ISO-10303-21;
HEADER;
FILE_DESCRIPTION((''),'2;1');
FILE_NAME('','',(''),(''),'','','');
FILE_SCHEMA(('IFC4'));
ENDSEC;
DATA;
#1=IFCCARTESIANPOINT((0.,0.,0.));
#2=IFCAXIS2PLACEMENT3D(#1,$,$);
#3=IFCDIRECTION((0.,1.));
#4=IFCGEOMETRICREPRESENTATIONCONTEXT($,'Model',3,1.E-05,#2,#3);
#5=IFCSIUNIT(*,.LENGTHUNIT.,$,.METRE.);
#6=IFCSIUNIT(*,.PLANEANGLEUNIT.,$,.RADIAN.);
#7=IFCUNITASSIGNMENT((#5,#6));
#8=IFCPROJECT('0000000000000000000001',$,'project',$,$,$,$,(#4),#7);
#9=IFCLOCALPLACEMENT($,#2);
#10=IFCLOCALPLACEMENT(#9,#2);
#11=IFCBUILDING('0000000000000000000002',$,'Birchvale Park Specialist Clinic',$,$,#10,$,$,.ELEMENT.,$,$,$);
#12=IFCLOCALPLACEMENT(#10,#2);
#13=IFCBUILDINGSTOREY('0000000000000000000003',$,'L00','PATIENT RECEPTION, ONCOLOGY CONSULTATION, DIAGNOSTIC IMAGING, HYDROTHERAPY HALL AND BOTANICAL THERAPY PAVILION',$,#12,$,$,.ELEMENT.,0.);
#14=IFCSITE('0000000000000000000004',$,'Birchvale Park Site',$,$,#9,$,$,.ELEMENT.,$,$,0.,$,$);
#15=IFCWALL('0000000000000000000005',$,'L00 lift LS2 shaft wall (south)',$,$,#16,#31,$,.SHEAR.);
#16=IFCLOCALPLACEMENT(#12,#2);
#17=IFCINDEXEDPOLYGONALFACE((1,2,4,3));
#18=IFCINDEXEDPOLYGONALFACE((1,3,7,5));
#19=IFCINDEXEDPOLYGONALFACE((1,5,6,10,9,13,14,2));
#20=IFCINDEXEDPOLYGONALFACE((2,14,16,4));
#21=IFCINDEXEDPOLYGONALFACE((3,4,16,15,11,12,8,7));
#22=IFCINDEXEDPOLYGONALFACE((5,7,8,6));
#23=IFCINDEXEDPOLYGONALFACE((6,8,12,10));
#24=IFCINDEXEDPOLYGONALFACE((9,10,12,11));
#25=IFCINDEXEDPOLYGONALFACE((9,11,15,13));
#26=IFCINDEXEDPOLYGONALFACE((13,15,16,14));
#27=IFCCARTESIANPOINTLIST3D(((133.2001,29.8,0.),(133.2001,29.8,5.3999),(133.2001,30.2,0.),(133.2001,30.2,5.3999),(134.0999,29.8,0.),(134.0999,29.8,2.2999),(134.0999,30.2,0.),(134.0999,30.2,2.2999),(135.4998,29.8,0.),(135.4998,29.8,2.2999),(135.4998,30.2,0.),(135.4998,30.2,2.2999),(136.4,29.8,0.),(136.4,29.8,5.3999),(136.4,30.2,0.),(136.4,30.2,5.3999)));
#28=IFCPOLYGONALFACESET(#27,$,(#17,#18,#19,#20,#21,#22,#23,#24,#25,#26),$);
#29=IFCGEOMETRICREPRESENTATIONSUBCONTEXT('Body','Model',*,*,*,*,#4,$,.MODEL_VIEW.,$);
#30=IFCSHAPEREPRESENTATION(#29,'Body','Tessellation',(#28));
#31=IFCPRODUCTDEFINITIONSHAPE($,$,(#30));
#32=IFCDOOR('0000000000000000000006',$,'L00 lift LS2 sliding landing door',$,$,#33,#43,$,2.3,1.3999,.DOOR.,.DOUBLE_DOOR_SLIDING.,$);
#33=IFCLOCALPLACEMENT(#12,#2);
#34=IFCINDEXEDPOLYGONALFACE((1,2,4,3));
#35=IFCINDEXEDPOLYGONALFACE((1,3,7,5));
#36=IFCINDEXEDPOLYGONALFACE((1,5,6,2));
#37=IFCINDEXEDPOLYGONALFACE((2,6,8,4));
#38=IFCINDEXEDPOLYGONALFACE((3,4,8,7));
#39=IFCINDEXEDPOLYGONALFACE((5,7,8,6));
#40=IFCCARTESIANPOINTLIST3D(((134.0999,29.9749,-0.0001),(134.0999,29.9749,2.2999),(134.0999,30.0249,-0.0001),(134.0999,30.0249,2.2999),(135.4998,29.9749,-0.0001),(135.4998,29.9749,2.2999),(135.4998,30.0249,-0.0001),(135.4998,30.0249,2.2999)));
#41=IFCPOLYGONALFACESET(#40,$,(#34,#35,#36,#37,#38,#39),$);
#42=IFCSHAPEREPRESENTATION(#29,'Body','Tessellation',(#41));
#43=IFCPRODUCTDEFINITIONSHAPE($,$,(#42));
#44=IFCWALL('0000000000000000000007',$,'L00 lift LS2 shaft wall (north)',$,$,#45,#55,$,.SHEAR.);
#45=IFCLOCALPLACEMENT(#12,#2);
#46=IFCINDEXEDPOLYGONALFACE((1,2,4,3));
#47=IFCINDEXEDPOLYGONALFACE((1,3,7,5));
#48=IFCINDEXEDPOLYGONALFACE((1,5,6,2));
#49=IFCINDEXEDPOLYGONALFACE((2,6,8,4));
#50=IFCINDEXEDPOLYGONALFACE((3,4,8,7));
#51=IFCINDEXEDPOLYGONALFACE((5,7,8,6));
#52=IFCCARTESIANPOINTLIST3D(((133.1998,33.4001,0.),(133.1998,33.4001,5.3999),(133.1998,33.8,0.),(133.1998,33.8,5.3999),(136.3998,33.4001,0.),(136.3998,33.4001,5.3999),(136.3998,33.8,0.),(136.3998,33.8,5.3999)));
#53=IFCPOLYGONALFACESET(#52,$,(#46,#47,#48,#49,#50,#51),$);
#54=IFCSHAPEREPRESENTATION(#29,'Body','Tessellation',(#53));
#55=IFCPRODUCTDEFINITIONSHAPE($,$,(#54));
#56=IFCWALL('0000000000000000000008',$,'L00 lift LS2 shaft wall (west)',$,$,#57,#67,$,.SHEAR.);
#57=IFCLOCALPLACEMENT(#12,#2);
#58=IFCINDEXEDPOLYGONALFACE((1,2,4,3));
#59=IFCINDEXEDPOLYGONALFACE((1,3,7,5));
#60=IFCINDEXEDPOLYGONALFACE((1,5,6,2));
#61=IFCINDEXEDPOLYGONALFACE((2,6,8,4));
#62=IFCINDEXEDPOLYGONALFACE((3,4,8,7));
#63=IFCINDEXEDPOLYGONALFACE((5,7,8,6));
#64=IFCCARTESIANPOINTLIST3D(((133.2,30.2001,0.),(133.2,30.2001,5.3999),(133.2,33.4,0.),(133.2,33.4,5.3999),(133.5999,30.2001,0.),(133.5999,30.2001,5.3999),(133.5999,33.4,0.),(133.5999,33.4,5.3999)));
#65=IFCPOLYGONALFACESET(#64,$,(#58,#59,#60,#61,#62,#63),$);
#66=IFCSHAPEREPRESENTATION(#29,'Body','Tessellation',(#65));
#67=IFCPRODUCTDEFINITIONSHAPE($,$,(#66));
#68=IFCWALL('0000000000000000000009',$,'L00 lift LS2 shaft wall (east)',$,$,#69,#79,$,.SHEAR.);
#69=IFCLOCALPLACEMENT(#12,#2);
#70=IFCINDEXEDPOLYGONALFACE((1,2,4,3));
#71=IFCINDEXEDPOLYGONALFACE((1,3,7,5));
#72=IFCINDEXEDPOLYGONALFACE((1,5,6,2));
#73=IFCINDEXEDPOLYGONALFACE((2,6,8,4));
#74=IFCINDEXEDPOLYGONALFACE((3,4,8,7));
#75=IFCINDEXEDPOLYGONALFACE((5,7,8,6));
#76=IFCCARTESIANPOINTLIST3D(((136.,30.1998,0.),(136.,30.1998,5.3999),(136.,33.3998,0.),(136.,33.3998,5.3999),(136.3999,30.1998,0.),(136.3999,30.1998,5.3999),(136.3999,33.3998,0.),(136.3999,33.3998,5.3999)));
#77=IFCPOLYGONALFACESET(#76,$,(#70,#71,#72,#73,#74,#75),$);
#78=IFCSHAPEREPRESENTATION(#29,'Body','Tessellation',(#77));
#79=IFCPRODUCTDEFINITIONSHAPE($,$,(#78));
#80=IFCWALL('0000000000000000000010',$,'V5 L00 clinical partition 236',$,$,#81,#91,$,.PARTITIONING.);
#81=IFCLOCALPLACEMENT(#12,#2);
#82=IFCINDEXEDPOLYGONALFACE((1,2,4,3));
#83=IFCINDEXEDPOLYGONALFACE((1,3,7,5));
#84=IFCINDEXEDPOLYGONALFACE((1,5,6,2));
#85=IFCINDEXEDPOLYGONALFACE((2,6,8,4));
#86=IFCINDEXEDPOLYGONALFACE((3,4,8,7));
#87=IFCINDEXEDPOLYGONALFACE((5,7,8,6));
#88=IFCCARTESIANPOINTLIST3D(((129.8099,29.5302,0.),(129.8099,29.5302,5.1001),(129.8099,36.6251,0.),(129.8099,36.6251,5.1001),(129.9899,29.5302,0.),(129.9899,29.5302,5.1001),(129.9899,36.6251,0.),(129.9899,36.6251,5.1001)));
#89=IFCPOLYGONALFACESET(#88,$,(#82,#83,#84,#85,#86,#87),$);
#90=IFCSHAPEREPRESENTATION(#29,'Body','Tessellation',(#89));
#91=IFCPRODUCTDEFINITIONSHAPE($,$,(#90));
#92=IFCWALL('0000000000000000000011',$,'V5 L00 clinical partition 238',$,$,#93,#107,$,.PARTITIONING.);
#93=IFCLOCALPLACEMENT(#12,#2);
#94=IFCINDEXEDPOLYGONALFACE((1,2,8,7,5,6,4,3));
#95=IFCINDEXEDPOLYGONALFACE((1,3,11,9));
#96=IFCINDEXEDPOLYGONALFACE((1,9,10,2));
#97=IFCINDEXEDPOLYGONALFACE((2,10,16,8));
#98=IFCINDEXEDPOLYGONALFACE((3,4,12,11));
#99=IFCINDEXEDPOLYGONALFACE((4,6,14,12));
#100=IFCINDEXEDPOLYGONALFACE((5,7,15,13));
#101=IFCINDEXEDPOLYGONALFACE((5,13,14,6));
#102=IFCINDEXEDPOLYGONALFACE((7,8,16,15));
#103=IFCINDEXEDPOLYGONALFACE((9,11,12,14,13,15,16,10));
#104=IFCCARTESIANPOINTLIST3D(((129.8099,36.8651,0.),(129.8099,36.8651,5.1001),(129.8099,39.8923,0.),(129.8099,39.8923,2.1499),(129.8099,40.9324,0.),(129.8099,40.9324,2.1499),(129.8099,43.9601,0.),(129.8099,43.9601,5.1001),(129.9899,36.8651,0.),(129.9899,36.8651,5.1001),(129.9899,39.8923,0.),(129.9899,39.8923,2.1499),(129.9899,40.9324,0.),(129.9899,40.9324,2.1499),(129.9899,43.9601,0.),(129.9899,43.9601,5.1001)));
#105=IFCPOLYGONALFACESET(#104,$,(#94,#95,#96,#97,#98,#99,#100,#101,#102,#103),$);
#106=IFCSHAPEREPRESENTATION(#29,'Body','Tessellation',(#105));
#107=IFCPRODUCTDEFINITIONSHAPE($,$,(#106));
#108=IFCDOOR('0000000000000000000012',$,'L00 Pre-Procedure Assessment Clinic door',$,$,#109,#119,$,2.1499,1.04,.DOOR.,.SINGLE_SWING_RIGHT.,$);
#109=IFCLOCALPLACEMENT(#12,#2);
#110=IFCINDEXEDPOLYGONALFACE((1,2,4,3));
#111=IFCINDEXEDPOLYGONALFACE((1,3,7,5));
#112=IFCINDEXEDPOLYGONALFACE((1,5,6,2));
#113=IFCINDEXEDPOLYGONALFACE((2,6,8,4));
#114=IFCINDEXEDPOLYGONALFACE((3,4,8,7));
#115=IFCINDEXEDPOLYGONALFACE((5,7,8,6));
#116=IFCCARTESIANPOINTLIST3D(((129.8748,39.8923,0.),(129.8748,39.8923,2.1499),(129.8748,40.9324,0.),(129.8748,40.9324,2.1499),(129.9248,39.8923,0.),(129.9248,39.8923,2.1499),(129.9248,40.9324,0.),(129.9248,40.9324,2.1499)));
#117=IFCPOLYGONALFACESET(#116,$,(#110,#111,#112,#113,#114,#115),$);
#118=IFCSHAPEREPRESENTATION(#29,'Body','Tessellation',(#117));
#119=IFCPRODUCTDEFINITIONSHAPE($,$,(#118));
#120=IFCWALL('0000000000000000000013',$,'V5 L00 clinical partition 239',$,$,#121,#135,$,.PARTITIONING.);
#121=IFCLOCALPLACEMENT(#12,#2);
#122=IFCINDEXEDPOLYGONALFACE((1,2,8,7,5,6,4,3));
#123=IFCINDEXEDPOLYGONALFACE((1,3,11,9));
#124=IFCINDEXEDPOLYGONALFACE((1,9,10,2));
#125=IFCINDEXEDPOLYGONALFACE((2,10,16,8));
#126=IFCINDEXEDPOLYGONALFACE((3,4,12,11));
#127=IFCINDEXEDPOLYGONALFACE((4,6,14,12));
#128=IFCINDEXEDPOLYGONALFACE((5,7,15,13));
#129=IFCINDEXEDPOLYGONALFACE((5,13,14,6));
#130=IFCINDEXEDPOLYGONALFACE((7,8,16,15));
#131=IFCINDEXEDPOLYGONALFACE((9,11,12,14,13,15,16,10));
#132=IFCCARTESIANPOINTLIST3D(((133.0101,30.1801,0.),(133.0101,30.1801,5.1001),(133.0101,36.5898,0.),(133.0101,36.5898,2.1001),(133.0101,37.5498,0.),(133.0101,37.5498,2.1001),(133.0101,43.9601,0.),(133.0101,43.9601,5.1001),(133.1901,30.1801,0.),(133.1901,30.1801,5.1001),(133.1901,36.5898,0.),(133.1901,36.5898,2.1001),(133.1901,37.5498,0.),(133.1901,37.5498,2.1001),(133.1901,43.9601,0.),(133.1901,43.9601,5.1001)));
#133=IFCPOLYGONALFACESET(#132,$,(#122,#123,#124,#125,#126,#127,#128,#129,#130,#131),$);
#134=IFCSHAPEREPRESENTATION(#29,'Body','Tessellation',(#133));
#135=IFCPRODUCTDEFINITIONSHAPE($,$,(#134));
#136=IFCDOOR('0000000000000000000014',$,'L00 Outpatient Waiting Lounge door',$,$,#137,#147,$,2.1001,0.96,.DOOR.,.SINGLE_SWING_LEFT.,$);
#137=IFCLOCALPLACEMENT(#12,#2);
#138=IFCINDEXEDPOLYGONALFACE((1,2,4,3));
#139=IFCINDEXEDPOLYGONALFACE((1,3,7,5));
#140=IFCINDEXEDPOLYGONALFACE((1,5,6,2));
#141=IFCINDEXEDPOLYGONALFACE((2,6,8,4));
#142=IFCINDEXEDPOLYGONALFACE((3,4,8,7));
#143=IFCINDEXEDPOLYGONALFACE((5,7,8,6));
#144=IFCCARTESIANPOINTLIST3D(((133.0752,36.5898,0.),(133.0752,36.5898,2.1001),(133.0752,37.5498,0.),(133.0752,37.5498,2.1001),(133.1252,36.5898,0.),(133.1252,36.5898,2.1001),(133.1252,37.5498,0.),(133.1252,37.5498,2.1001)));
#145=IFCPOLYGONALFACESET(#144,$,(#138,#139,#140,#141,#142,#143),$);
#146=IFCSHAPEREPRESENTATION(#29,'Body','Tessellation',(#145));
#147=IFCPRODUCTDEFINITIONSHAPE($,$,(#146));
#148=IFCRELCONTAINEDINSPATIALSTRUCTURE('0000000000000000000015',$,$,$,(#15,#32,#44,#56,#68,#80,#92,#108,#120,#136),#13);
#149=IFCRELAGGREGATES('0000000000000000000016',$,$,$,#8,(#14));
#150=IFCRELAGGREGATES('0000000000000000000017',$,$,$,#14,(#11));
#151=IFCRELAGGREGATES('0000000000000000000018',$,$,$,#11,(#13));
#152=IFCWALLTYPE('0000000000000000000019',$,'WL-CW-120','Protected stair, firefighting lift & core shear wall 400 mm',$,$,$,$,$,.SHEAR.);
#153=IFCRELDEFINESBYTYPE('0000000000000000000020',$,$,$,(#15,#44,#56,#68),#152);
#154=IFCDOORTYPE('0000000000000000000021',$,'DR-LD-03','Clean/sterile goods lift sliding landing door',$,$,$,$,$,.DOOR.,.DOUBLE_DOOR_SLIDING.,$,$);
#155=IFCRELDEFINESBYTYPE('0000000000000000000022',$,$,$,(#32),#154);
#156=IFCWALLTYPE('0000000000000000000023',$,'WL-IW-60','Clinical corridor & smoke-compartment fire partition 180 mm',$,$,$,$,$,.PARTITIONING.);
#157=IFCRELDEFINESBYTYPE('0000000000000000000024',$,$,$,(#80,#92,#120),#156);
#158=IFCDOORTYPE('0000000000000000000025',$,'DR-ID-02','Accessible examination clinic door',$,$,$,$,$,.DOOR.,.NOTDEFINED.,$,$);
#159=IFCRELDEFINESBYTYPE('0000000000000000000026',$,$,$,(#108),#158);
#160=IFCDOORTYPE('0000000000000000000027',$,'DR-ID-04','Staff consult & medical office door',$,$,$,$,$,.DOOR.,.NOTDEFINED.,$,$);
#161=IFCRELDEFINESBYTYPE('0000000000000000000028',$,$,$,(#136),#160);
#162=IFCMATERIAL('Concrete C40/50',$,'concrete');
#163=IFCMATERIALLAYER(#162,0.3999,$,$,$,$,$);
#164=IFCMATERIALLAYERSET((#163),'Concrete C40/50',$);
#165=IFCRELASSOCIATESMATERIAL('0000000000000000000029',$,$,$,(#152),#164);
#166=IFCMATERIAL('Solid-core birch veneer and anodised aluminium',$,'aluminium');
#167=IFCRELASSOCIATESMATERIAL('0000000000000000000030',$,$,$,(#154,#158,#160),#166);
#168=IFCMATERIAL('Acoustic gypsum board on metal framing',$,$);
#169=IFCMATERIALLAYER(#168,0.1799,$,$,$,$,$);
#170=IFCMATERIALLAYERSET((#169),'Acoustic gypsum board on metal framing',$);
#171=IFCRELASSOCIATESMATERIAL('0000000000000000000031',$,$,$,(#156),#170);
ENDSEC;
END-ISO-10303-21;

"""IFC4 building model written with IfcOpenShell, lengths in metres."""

from ifc_helpers import new_model, si_unit, direction, frame, frame_2d, origin, place, context, subcontext, project, spatial, rectangle, extrude, material, layer, layer_set, type_object, element, fill, save


model = new_model("IFC4")

# Units and contexts
model_context = context("Model", 3, precision=1e-05, world=origin(), true_north=direction((0.0, 1.0)))
body_context = subcontext(model_context, "Body", "Model", "MODEL_VIEW")
ifc_project = project(units=[si_unit("LENGTHUNIT", "METRE"), si_unit("PLANEANGLEUNIT", "RADIAN")], contexts=[model_context])

# Site, building, storey
site_placement = place(None, origin())
site = spatial("IfcSite", under=ifc_project, at=site_placement, Name="Birchvale Park Site", CompositionType="ELEMENT", RefElevation=0.0)
building_placement = place(site_placement, origin())
building = spatial("IfcBuilding", under=site, at=building_placement, Name="Birchvale Park Specialist Clinic", CompositionType="ELEMENT")
storey_placement = place(building_placement, origin())
storey = spatial("IfcBuildingStorey", under=building, at=storey_placement, Name="L00", Description="PATIENT RECEPTION, ONCOLOGY CONSULTATION, DIAGNOSTIC IMAGING, HYDROTHERAPY HALL AND BOTANICAL THERAPY PAVILION", CompositionType="ELEMENT", Elevation=0.0)

# Shared definitions
ifc_material_1 = material(Name="Concrete C40/50", Category="concrete")

# Wall, opening, door
ifc_layer_1 = layer(ifc_material_1, 0.3999)
ifc_layer_set_1 = layer_set([ifc_layer_1], Name="Concrete C40/50")
wall_type_1 = type_object("IfcWallType", Name="WL-CW-120", Description="Protected stair, firefighting lift & core shear wall 400 mm", PredefinedType="SHEAR", material=ifc_layer_set_1)
wall_1_placement = place(storey_placement, frame((133.2, 30.0, 0.0), z_axis=(0.0, 0.0, 1.0), x_axis=(1.0, 0.0, 0.0)))
wall_1 = element("IfcWall", 1, at=wall_1_placement, inside=storey, type_object=wall_type_1, Name="L00 lift LS2 shaft wall (south)", PredefinedType="SHEAR", context=body_context, shape_type="SweptSolid", body=[
    extrude(rectangle(XDim=3.2, YDim=0.3999, at=frame_2d((1.6001, 0.0))), origin(), (0.0, 0.0, 1.0), 5.3999),
])
opening_1_placement = place(wall_1_placement, frame((0.8999, 0.0, 0.0)))
opening_1 = element("IfcOpeningElement", 2, at=opening_1_placement, cuts=wall_1, PredefinedType="OPENING", context=body_context, shape_type="SweptSolid", body=[
    extrude(rectangle(XDim=1.3999, YDim=2.3, at=frame_2d((0.7, 1.1499))), frame((0.0, 0.21, 0.0), z_axis=(0.0, -1.0, 0.0), x_axis=(1.0, 0.0, 0.0)), (0.0, 0.0, 1.0), 0.4199),
])
ifc_material_2 = material(Name="Solid-core birch veneer and anodised aluminium", Category="aluminium")
door_type_1 = type_object("IfcDoorType", Name="DR-LD-03", Description="Clean/sterile goods lift sliding landing door", OperationType="DOUBLE_DOOR_SLIDING", PredefinedType="DOOR", material=ifc_material_2)
door_1_placement = place(opening_1_placement, origin())
door_1 = element("IfcDoor", 3, at=door_1_placement, inside=storey, type_object=door_type_1, Name="L00 lift LS2 sliding landing door", OperationType="DOUBLE_DOOR_SLIDING", OverallHeight=2.3, OverallWidth=1.3999, PredefinedType="DOOR", context=body_context, shape_type="SweptSolid", body=[
    extrude(rectangle(XDim=1.3999, YDim=2.3, at=frame_2d((0.7, 1.1499))), frame((0.0, 0.0249, 0.0), z_axis=(0.0, -1.0, 0.0), x_axis=(1.0, 0.0, 0.0)), (0.0, 0.0, 1.0), 0.05),
])
fill(opening_1, door_1)

# Walls
for number, where, z_axis, x_axis, name in (
    (4, (136.3999, 33.6001, 0.0), (0.0, 0.0, 1.0), (-1.0, 0.0, 0.0), "L00 lift LS2 shaft wall (north)"),
    (5, (133.3999, 30.2, 0.0), (0.0, 0.0, 1.0), (0.0, 1.0, 0.0), "L00 lift LS2 shaft wall (west)"),
    (6, (136.2, 33.3999, 0.0), (0.0, 0.0, 1.0), (0.0, -1.0, 0.0), "L00 lift LS2 shaft wall (east)"),
):
    element("IfcWall", number, at=place(storey_placement, frame(where, z_axis=z_axis, x_axis=x_axis)), inside=storey, type_object=wall_type_1, Name=name, PredefinedType="SHEAR", context=body_context, shape_type="SweptSolid", body=[
        extrude(rectangle(XDim=3.2, YDim=0.3999, at=frame_2d((1.6001, 0.0))), origin(), (0.0, 0.0, 1.0), 5.3999),
    ])
ifc_material_3 = material(Name="Acoustic gypsum board on metal framing")
ifc_layer_2 = layer(ifc_material_3, 0.1799)
ifc_layer_set_2 = layer_set([ifc_layer_2], Name="Acoustic gypsum board on metal framing")
wall_type_2 = type_object("IfcWallType", Name="WL-IW-60", Description="Clinical corridor & smoke-compartment fire partition 180 mm", PredefinedType="PARTITIONING", material=ifc_layer_set_2)
wall_2_placement = place(storey_placement, frame((129.8999, 36.625, 0.0), z_axis=(0.0, 0.0, 1.0), x_axis=(0.0, -1.0, 0.0)))
element("IfcWall", 7, at=wall_2_placement, inside=storey, type_object=wall_type_2, Name="V5 L00 clinical partition 236", PredefinedType="PARTITIONING", context=body_context, shape_type="SweptSolid", body=[
    extrude(rectangle(XDim=7.095, YDim=0.1799, at=frame_2d((3.5474, 0.0))), origin(), (0.0, 0.0, 1.0), 5.1001),
])

# Walls, openings, doors
wall_3_placement = place(storey_placement, frame((129.8999, 43.96, 0.0), z_axis=(0.0, 0.0, 1.0), x_axis=(0.0, -1.0, 0.0)))
wall_3 = element("IfcWall", 8, at=wall_3_placement, inside=storey, type_object=wall_type_2, Name="V5 L00 clinical partition 238", PredefinedType="PARTITIONING", context=body_context, shape_type="SweptSolid", body=[
    extrude(rectangle(XDim=7.095, YDim=0.1799, at=frame_2d((3.5474, 0.0))), origin(), (0.0, 0.0, 1.0), 5.1001),
])
opening_2_placement = place(wall_3_placement, frame((3.0276, 0.0, 0.0)))
opening_2 = element("IfcOpeningElement", 9, at=opening_2_placement, cuts=wall_3, PredefinedType="OPENING", context=body_context, shape_type="SweptSolid", body=[
    extrude(rectangle(XDim=1.04, YDim=2.1499, at=frame_2d((0.52, 1.075))), frame((0.0, 0.1001, 0.0), z_axis=(0.0, -1.0, 0.0), x_axis=(1.0, 0.0, 0.0)), (0.0, 0.0, 1.0), 0.2),
])
door_type_2 = type_object("IfcDoorType", Name="DR-ID-02", Description="Accessible examination clinic door", OperationType="NOTDEFINED", PredefinedType="DOOR", material=ifc_material_2)
door_2_placement = place(opening_2_placement, origin())
door_2 = element("IfcDoor", 10, at=door_2_placement, inside=storey, type_object=door_type_2, Name="L00 Pre-Procedure Assessment Clinic door", OperationType="SINGLE_SWING_RIGHT", OverallHeight=2.1499, OverallWidth=1.04, PredefinedType="DOOR", context=body_context, shape_type="SweptSolid", body=[
    extrude(rectangle(XDim=1.04, YDim=2.1499, at=frame_2d((0.52, 1.075))), frame((0.0, 0.0249, 0.0), z_axis=(0.0, -1.0, 0.0), x_axis=(1.0, 0.0, 0.0)), (0.0, 0.0, 1.0), 0.05),
])
fill(opening_2, door_2)
wall_4_placement = place(storey_placement, frame((133.1001, 30.1799, 0.0), z_axis=(0.0, 0.0, 1.0), x_axis=(0.0, 1.0, 0.0)))
wall_4 = element("IfcWall", 11, at=wall_4_placement, inside=storey, type_object=wall_type_2, Name="V5 L00 clinical partition 239", PredefinedType="PARTITIONING", context=body_context, shape_type="SweptSolid", body=[
    extrude(rectangle(XDim=13.78, YDim=0.1799, at=frame_2d((6.8901, 0.0))), origin(), (0.0, 0.0, 1.0), 5.1001),
])
opening_3_placement = place(wall_4_placement, frame((6.4099, 0.0, 0.0)))
opening_3 = element("IfcOpeningElement", 12, at=opening_3_placement, cuts=wall_4, PredefinedType="OPENING", context=body_context, shape_type="SweptSolid", body=[
    extrude(rectangle(XDim=0.96, YDim=2.1001, at=frame_2d((0.48, 1.05))), frame((0.0, 0.1001, 0.0), z_axis=(0.0, -1.0, 0.0), x_axis=(1.0, 0.0, 0.0)), (0.0, 0.0, 1.0), 0.2),
])
door_type_3 = type_object("IfcDoorType", Name="DR-ID-04", Description="Staff consult & medical office door", OperationType="NOTDEFINED", PredefinedType="DOOR", material=ifc_material_2)
door_3_placement = place(opening_3_placement, origin())
door_3 = element("IfcDoor", 13, at=door_3_placement, inside=storey, type_object=door_type_3, Name="L00 Outpatient Waiting Lounge door", OperationType="SINGLE_SWING_LEFT", OverallHeight=2.1001, OverallWidth=0.96, PredefinedType="DOOR", context=body_context, shape_type="SweptSolid", body=[
    extrude(rectangle(XDim=0.96, YDim=2.1001, at=frame_2d((0.48, 1.05))), frame((0.0, 0.0249, 0.0), z_axis=(0.0, -1.0, 0.0), x_axis=(1.0, 0.0, 0.0)), (0.0, 0.0, 1.0), 0.05),
])
fill(opening_3, door_3)

save(model, "model.ifc")
